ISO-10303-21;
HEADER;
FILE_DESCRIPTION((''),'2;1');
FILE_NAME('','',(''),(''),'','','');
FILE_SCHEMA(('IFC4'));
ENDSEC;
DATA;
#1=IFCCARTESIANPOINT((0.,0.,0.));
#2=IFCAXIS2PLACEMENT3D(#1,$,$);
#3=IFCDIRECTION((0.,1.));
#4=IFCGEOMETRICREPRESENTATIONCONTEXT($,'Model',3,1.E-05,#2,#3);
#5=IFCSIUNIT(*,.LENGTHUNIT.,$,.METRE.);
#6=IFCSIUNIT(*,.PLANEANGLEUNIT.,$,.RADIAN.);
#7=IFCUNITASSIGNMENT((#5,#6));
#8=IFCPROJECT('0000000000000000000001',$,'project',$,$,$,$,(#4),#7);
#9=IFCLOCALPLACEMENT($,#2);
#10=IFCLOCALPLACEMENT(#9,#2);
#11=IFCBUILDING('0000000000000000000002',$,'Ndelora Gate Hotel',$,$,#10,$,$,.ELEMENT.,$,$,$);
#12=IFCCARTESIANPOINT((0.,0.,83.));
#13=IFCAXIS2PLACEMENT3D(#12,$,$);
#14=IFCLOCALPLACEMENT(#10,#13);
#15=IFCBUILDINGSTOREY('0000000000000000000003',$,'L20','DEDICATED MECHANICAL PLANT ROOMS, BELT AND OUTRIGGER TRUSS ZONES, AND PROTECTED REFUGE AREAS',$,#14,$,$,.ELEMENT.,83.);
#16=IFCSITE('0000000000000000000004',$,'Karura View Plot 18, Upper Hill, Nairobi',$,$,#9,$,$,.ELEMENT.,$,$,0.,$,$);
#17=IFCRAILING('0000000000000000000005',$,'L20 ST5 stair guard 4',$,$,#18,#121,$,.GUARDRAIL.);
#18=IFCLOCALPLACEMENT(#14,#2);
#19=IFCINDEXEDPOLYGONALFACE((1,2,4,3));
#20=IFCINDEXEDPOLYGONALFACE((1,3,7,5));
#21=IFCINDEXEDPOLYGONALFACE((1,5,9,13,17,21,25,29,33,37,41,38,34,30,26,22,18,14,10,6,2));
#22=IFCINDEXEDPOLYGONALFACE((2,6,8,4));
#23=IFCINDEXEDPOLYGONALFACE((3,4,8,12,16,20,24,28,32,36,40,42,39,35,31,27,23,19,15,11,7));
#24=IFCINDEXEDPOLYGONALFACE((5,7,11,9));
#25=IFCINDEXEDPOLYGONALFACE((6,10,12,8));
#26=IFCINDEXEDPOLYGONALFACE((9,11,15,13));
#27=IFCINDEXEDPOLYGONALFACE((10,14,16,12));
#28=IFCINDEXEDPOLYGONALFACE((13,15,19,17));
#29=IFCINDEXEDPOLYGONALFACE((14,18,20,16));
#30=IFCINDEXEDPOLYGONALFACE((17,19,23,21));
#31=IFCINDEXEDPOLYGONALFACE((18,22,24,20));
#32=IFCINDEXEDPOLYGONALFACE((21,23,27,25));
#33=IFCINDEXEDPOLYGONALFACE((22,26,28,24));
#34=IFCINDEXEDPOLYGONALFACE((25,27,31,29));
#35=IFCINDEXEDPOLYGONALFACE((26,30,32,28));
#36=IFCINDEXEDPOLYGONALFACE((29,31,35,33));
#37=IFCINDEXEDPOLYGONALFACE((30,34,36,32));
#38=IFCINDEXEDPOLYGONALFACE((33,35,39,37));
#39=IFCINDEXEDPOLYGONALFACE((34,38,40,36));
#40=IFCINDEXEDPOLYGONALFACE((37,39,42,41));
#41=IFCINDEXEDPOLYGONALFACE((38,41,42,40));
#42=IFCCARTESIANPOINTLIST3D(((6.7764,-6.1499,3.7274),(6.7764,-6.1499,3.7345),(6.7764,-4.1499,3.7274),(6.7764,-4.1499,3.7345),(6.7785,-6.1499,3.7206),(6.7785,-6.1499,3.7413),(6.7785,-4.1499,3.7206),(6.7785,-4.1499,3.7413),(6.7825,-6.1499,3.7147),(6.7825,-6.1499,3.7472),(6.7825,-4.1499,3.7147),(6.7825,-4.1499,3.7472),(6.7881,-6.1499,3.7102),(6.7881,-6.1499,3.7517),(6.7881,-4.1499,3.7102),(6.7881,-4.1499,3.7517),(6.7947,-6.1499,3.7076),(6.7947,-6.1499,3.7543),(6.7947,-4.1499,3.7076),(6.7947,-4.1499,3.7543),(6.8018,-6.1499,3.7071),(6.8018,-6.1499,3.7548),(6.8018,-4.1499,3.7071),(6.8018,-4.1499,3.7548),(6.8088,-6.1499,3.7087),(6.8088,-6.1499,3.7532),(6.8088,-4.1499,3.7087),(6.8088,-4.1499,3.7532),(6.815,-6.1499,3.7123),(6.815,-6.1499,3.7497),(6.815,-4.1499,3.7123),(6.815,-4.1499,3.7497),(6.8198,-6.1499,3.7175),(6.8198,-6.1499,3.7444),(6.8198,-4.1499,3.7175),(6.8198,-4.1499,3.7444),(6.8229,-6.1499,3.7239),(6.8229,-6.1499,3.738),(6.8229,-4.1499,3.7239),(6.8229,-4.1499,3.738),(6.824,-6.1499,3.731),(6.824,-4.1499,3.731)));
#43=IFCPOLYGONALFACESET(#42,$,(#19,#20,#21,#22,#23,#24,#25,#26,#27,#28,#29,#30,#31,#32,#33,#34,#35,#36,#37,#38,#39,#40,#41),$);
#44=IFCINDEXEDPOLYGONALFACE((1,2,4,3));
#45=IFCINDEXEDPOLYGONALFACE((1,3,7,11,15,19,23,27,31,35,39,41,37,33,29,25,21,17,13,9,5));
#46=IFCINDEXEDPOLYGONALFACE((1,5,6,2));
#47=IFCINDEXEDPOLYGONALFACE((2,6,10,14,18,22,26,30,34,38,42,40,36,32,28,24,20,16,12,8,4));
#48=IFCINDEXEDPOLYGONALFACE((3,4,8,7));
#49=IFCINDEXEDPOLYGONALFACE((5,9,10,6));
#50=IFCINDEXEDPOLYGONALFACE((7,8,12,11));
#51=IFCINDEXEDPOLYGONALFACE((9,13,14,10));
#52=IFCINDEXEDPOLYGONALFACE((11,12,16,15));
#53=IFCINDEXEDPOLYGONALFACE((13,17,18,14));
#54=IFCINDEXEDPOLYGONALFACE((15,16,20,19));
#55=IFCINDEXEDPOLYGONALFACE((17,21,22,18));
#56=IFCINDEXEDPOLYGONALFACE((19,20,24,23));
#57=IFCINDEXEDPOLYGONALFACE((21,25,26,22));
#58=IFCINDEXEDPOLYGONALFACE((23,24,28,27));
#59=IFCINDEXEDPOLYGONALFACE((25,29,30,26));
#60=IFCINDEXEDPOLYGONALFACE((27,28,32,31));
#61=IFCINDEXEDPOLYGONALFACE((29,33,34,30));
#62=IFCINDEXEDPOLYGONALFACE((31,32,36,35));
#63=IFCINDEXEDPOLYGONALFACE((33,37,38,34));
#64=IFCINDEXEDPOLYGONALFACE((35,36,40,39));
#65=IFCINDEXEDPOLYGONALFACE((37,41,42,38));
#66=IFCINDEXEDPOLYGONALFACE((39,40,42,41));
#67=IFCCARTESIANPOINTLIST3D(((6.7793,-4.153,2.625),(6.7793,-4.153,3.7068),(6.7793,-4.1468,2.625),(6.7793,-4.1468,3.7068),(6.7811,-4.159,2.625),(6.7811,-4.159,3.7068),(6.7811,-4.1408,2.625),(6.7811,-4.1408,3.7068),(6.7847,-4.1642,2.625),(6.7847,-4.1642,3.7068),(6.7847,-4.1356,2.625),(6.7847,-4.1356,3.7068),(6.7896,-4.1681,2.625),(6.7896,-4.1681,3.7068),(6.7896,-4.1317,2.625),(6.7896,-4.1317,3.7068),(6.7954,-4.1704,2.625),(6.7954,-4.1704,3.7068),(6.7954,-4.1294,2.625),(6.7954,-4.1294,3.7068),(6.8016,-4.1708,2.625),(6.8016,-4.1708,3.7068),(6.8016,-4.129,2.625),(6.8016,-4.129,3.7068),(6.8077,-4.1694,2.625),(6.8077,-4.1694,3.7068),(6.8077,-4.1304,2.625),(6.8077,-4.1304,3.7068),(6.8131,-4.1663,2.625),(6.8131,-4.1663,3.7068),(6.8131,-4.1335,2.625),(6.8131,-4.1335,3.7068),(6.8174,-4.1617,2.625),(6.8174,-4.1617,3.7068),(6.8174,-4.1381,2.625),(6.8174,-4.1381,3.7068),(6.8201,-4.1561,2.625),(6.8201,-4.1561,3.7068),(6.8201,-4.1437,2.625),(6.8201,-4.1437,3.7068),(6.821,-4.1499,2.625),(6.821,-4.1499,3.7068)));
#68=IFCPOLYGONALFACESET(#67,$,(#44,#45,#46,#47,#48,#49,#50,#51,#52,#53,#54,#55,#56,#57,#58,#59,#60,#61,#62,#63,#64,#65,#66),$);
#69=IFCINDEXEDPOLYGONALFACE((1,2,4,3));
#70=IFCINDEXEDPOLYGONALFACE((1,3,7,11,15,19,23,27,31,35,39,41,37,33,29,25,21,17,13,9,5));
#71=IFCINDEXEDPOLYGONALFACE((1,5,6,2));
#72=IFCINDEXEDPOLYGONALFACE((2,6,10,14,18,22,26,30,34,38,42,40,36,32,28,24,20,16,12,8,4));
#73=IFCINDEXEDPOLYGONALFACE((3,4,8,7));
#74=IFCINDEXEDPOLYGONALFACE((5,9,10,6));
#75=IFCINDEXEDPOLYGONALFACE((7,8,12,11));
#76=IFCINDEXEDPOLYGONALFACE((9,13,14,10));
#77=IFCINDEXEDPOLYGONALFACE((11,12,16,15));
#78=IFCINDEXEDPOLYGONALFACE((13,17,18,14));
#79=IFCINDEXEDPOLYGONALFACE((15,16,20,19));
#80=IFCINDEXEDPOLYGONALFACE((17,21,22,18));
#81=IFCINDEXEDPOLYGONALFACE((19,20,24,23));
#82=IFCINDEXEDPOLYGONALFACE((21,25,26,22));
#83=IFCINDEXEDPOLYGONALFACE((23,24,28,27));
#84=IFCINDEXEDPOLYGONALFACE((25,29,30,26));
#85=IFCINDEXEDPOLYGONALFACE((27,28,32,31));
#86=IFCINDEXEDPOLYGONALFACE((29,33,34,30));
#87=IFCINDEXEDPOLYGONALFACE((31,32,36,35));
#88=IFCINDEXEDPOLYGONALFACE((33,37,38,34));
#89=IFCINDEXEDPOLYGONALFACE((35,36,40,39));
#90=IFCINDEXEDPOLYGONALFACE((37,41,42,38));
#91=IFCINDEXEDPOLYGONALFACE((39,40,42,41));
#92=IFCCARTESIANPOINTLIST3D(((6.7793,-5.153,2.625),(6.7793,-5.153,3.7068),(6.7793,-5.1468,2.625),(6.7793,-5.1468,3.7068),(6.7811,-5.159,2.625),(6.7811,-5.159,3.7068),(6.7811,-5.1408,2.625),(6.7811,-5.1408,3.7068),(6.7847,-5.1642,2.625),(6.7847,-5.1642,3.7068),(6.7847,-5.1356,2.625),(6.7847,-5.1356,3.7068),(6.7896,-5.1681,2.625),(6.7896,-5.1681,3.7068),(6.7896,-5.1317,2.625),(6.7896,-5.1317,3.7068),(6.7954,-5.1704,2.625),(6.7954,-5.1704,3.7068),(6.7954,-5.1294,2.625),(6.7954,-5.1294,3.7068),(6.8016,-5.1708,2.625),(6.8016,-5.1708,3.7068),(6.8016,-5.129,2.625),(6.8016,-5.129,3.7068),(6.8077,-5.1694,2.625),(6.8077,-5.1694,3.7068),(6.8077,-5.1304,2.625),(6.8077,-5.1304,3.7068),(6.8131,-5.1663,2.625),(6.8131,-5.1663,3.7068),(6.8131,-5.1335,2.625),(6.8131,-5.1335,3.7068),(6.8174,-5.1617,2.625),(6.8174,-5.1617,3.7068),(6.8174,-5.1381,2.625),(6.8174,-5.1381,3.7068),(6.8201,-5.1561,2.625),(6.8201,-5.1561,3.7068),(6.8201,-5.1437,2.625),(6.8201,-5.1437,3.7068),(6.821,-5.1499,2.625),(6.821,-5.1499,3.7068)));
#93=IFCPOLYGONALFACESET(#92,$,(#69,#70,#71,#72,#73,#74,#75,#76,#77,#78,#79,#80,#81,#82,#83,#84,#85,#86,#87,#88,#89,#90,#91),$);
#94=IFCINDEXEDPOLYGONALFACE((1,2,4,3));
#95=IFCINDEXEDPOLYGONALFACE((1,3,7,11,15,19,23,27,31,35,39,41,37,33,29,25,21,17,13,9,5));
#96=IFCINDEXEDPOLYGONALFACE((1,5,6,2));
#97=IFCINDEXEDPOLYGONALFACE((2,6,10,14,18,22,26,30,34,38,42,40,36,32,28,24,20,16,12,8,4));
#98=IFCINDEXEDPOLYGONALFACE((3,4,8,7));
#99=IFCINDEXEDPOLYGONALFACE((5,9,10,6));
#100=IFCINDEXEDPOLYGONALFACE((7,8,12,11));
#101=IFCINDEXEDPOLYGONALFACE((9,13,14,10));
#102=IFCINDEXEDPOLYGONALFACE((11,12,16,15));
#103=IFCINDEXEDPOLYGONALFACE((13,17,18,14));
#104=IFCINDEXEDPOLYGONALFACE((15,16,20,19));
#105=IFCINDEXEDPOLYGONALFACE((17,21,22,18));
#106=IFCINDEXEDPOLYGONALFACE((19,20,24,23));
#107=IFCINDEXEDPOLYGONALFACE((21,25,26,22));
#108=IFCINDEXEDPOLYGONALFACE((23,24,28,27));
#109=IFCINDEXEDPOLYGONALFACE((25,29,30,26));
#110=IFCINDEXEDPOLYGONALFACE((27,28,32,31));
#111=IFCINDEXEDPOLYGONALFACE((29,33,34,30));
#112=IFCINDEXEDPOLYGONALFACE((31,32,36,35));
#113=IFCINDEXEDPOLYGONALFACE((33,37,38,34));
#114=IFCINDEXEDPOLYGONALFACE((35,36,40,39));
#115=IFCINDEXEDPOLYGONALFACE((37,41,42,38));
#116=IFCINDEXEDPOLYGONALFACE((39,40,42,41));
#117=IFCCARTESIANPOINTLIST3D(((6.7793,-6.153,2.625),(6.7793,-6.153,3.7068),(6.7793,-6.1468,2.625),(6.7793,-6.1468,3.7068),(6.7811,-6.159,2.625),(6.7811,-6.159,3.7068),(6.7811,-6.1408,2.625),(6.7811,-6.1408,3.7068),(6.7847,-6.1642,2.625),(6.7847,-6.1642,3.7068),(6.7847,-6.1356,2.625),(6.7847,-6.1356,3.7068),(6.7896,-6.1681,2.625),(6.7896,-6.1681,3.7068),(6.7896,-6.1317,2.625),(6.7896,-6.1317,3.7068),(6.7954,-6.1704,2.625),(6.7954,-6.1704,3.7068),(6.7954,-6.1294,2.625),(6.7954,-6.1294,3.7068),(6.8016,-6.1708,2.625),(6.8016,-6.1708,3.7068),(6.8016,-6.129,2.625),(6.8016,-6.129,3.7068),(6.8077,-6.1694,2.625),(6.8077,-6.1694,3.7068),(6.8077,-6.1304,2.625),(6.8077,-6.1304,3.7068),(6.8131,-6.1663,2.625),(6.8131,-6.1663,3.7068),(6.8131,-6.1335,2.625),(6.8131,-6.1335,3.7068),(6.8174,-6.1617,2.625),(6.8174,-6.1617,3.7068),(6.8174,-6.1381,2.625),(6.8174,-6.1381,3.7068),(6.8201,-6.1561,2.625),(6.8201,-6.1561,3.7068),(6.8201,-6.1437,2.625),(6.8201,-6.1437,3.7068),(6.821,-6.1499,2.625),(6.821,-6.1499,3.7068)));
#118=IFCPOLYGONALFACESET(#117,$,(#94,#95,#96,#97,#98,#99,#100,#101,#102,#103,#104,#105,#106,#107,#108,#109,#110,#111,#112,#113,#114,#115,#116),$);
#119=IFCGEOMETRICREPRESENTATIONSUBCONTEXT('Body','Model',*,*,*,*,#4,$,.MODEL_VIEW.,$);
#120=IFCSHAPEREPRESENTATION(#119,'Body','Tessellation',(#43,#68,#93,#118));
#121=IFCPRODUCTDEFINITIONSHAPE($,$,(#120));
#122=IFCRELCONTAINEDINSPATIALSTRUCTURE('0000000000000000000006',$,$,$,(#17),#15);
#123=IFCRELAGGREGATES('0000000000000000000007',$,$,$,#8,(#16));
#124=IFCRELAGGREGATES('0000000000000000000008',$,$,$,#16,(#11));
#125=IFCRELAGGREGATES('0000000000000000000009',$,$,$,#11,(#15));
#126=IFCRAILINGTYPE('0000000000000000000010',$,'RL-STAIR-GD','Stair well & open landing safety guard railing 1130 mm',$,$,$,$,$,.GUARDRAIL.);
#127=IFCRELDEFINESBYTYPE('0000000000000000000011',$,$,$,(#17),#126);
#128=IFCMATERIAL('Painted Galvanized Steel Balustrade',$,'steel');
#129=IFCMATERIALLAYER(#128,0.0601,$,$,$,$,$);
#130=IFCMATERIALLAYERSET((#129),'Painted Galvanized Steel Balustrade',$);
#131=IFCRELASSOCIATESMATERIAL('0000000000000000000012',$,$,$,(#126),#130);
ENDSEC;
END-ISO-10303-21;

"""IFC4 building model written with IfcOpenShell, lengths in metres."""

from ifc_helpers import new_model, si_unit, direction, frame, origin, origin_2d, place, context, subcontext, project, spatial, circle, extrude, material, layer, layer_set, type_object, element, save


model = new_model("IFC4")

# Units and contexts
model_context = context("Model", 3, precision=1e-05, world=origin(), true_north=direction((0.0, 1.0)))
body_context = subcontext(model_context, "Body", "Model", "MODEL_VIEW")
ifc_project = project(units=[si_unit("LENGTHUNIT", "METRE"), si_unit("PLANEANGLEUNIT", "RADIAN")], contexts=[model_context])

# Site, building, storey
site_placement = place(None, origin())
site = spatial("IfcSite", under=ifc_project, at=site_placement, Name="Karura View Plot 18, Upper Hill, Nairobi", CompositionType="ELEMENT", RefElevation=0.0)
building_placement = place(site_placement, origin())
building = spatial("IfcBuilding", under=site, at=building_placement, Name="Ndelora Gate Hotel", CompositionType="ELEMENT")
storey_placement = place(building_placement, frame((0.0, 0.0, 83.0)))
storey = spatial("IfcBuildingStorey", under=building, at=storey_placement, Name="L20", Description="DEDICATED MECHANICAL PLANT ROOMS, BELT AND OUTRIGGER TRUSS ZONES, AND PROTECTED REFUGE AREAS", CompositionType="ELEMENT", Elevation=83.0)

# Railing
ifc_material_1 = material(Name="Painted Galvanized Steel Balustrade", Category="steel")
ifc_layer_1 = layer(ifc_material_1, 0.0601)
ifc_layer_set_1 = layer_set([ifc_layer_1], Name="Painted Galvanized Steel Balustrade")
railing_type_1 = type_object("IfcRailingType", Name="RL-STAIR-GD", Description="Stair well & open landing safety guard railing 1130 mm", PredefinedType="GUARDRAIL", material=ifc_layer_set_1)
for number, where, name in (
    (1, (6.8, -4.1499, 2.625), "L20 ST5 stair guard 4"),
):
    element("IfcRailing", number, at=place(storey_placement, frame(where)), inside=storey, type_object=railing_type_1, Name=name, PredefinedType="GUARDRAIL", context=body_context, shape_type="SweptSolid", body=[
        extrude(circle(Radius=0.0239, at=origin_2d()), frame((0.0, 0.0, 1.106), z_axis=(0.0, -1.0, 0.0), x_axis=(1.0, 0.0, 0.0)), (0.0, 0.0, 1.0), 2.0),
        extrude(circle(Radius=0.021, at=origin_2d()), origin(), (0.0, 0.0, 1.0), 1.0818),
        extrude(circle(Radius=0.021, at=origin_2d()), frame((0.0, -1.0, 0.0)), (0.0, 0.0, 1.0), 1.0818),
        extrude(circle(Radius=0.021, at=origin_2d()), frame((0.0, -2.0, 0.0)), (0.0, 0.0, 1.0), 1.0818),
    ])

save(model, "model.ifc")
